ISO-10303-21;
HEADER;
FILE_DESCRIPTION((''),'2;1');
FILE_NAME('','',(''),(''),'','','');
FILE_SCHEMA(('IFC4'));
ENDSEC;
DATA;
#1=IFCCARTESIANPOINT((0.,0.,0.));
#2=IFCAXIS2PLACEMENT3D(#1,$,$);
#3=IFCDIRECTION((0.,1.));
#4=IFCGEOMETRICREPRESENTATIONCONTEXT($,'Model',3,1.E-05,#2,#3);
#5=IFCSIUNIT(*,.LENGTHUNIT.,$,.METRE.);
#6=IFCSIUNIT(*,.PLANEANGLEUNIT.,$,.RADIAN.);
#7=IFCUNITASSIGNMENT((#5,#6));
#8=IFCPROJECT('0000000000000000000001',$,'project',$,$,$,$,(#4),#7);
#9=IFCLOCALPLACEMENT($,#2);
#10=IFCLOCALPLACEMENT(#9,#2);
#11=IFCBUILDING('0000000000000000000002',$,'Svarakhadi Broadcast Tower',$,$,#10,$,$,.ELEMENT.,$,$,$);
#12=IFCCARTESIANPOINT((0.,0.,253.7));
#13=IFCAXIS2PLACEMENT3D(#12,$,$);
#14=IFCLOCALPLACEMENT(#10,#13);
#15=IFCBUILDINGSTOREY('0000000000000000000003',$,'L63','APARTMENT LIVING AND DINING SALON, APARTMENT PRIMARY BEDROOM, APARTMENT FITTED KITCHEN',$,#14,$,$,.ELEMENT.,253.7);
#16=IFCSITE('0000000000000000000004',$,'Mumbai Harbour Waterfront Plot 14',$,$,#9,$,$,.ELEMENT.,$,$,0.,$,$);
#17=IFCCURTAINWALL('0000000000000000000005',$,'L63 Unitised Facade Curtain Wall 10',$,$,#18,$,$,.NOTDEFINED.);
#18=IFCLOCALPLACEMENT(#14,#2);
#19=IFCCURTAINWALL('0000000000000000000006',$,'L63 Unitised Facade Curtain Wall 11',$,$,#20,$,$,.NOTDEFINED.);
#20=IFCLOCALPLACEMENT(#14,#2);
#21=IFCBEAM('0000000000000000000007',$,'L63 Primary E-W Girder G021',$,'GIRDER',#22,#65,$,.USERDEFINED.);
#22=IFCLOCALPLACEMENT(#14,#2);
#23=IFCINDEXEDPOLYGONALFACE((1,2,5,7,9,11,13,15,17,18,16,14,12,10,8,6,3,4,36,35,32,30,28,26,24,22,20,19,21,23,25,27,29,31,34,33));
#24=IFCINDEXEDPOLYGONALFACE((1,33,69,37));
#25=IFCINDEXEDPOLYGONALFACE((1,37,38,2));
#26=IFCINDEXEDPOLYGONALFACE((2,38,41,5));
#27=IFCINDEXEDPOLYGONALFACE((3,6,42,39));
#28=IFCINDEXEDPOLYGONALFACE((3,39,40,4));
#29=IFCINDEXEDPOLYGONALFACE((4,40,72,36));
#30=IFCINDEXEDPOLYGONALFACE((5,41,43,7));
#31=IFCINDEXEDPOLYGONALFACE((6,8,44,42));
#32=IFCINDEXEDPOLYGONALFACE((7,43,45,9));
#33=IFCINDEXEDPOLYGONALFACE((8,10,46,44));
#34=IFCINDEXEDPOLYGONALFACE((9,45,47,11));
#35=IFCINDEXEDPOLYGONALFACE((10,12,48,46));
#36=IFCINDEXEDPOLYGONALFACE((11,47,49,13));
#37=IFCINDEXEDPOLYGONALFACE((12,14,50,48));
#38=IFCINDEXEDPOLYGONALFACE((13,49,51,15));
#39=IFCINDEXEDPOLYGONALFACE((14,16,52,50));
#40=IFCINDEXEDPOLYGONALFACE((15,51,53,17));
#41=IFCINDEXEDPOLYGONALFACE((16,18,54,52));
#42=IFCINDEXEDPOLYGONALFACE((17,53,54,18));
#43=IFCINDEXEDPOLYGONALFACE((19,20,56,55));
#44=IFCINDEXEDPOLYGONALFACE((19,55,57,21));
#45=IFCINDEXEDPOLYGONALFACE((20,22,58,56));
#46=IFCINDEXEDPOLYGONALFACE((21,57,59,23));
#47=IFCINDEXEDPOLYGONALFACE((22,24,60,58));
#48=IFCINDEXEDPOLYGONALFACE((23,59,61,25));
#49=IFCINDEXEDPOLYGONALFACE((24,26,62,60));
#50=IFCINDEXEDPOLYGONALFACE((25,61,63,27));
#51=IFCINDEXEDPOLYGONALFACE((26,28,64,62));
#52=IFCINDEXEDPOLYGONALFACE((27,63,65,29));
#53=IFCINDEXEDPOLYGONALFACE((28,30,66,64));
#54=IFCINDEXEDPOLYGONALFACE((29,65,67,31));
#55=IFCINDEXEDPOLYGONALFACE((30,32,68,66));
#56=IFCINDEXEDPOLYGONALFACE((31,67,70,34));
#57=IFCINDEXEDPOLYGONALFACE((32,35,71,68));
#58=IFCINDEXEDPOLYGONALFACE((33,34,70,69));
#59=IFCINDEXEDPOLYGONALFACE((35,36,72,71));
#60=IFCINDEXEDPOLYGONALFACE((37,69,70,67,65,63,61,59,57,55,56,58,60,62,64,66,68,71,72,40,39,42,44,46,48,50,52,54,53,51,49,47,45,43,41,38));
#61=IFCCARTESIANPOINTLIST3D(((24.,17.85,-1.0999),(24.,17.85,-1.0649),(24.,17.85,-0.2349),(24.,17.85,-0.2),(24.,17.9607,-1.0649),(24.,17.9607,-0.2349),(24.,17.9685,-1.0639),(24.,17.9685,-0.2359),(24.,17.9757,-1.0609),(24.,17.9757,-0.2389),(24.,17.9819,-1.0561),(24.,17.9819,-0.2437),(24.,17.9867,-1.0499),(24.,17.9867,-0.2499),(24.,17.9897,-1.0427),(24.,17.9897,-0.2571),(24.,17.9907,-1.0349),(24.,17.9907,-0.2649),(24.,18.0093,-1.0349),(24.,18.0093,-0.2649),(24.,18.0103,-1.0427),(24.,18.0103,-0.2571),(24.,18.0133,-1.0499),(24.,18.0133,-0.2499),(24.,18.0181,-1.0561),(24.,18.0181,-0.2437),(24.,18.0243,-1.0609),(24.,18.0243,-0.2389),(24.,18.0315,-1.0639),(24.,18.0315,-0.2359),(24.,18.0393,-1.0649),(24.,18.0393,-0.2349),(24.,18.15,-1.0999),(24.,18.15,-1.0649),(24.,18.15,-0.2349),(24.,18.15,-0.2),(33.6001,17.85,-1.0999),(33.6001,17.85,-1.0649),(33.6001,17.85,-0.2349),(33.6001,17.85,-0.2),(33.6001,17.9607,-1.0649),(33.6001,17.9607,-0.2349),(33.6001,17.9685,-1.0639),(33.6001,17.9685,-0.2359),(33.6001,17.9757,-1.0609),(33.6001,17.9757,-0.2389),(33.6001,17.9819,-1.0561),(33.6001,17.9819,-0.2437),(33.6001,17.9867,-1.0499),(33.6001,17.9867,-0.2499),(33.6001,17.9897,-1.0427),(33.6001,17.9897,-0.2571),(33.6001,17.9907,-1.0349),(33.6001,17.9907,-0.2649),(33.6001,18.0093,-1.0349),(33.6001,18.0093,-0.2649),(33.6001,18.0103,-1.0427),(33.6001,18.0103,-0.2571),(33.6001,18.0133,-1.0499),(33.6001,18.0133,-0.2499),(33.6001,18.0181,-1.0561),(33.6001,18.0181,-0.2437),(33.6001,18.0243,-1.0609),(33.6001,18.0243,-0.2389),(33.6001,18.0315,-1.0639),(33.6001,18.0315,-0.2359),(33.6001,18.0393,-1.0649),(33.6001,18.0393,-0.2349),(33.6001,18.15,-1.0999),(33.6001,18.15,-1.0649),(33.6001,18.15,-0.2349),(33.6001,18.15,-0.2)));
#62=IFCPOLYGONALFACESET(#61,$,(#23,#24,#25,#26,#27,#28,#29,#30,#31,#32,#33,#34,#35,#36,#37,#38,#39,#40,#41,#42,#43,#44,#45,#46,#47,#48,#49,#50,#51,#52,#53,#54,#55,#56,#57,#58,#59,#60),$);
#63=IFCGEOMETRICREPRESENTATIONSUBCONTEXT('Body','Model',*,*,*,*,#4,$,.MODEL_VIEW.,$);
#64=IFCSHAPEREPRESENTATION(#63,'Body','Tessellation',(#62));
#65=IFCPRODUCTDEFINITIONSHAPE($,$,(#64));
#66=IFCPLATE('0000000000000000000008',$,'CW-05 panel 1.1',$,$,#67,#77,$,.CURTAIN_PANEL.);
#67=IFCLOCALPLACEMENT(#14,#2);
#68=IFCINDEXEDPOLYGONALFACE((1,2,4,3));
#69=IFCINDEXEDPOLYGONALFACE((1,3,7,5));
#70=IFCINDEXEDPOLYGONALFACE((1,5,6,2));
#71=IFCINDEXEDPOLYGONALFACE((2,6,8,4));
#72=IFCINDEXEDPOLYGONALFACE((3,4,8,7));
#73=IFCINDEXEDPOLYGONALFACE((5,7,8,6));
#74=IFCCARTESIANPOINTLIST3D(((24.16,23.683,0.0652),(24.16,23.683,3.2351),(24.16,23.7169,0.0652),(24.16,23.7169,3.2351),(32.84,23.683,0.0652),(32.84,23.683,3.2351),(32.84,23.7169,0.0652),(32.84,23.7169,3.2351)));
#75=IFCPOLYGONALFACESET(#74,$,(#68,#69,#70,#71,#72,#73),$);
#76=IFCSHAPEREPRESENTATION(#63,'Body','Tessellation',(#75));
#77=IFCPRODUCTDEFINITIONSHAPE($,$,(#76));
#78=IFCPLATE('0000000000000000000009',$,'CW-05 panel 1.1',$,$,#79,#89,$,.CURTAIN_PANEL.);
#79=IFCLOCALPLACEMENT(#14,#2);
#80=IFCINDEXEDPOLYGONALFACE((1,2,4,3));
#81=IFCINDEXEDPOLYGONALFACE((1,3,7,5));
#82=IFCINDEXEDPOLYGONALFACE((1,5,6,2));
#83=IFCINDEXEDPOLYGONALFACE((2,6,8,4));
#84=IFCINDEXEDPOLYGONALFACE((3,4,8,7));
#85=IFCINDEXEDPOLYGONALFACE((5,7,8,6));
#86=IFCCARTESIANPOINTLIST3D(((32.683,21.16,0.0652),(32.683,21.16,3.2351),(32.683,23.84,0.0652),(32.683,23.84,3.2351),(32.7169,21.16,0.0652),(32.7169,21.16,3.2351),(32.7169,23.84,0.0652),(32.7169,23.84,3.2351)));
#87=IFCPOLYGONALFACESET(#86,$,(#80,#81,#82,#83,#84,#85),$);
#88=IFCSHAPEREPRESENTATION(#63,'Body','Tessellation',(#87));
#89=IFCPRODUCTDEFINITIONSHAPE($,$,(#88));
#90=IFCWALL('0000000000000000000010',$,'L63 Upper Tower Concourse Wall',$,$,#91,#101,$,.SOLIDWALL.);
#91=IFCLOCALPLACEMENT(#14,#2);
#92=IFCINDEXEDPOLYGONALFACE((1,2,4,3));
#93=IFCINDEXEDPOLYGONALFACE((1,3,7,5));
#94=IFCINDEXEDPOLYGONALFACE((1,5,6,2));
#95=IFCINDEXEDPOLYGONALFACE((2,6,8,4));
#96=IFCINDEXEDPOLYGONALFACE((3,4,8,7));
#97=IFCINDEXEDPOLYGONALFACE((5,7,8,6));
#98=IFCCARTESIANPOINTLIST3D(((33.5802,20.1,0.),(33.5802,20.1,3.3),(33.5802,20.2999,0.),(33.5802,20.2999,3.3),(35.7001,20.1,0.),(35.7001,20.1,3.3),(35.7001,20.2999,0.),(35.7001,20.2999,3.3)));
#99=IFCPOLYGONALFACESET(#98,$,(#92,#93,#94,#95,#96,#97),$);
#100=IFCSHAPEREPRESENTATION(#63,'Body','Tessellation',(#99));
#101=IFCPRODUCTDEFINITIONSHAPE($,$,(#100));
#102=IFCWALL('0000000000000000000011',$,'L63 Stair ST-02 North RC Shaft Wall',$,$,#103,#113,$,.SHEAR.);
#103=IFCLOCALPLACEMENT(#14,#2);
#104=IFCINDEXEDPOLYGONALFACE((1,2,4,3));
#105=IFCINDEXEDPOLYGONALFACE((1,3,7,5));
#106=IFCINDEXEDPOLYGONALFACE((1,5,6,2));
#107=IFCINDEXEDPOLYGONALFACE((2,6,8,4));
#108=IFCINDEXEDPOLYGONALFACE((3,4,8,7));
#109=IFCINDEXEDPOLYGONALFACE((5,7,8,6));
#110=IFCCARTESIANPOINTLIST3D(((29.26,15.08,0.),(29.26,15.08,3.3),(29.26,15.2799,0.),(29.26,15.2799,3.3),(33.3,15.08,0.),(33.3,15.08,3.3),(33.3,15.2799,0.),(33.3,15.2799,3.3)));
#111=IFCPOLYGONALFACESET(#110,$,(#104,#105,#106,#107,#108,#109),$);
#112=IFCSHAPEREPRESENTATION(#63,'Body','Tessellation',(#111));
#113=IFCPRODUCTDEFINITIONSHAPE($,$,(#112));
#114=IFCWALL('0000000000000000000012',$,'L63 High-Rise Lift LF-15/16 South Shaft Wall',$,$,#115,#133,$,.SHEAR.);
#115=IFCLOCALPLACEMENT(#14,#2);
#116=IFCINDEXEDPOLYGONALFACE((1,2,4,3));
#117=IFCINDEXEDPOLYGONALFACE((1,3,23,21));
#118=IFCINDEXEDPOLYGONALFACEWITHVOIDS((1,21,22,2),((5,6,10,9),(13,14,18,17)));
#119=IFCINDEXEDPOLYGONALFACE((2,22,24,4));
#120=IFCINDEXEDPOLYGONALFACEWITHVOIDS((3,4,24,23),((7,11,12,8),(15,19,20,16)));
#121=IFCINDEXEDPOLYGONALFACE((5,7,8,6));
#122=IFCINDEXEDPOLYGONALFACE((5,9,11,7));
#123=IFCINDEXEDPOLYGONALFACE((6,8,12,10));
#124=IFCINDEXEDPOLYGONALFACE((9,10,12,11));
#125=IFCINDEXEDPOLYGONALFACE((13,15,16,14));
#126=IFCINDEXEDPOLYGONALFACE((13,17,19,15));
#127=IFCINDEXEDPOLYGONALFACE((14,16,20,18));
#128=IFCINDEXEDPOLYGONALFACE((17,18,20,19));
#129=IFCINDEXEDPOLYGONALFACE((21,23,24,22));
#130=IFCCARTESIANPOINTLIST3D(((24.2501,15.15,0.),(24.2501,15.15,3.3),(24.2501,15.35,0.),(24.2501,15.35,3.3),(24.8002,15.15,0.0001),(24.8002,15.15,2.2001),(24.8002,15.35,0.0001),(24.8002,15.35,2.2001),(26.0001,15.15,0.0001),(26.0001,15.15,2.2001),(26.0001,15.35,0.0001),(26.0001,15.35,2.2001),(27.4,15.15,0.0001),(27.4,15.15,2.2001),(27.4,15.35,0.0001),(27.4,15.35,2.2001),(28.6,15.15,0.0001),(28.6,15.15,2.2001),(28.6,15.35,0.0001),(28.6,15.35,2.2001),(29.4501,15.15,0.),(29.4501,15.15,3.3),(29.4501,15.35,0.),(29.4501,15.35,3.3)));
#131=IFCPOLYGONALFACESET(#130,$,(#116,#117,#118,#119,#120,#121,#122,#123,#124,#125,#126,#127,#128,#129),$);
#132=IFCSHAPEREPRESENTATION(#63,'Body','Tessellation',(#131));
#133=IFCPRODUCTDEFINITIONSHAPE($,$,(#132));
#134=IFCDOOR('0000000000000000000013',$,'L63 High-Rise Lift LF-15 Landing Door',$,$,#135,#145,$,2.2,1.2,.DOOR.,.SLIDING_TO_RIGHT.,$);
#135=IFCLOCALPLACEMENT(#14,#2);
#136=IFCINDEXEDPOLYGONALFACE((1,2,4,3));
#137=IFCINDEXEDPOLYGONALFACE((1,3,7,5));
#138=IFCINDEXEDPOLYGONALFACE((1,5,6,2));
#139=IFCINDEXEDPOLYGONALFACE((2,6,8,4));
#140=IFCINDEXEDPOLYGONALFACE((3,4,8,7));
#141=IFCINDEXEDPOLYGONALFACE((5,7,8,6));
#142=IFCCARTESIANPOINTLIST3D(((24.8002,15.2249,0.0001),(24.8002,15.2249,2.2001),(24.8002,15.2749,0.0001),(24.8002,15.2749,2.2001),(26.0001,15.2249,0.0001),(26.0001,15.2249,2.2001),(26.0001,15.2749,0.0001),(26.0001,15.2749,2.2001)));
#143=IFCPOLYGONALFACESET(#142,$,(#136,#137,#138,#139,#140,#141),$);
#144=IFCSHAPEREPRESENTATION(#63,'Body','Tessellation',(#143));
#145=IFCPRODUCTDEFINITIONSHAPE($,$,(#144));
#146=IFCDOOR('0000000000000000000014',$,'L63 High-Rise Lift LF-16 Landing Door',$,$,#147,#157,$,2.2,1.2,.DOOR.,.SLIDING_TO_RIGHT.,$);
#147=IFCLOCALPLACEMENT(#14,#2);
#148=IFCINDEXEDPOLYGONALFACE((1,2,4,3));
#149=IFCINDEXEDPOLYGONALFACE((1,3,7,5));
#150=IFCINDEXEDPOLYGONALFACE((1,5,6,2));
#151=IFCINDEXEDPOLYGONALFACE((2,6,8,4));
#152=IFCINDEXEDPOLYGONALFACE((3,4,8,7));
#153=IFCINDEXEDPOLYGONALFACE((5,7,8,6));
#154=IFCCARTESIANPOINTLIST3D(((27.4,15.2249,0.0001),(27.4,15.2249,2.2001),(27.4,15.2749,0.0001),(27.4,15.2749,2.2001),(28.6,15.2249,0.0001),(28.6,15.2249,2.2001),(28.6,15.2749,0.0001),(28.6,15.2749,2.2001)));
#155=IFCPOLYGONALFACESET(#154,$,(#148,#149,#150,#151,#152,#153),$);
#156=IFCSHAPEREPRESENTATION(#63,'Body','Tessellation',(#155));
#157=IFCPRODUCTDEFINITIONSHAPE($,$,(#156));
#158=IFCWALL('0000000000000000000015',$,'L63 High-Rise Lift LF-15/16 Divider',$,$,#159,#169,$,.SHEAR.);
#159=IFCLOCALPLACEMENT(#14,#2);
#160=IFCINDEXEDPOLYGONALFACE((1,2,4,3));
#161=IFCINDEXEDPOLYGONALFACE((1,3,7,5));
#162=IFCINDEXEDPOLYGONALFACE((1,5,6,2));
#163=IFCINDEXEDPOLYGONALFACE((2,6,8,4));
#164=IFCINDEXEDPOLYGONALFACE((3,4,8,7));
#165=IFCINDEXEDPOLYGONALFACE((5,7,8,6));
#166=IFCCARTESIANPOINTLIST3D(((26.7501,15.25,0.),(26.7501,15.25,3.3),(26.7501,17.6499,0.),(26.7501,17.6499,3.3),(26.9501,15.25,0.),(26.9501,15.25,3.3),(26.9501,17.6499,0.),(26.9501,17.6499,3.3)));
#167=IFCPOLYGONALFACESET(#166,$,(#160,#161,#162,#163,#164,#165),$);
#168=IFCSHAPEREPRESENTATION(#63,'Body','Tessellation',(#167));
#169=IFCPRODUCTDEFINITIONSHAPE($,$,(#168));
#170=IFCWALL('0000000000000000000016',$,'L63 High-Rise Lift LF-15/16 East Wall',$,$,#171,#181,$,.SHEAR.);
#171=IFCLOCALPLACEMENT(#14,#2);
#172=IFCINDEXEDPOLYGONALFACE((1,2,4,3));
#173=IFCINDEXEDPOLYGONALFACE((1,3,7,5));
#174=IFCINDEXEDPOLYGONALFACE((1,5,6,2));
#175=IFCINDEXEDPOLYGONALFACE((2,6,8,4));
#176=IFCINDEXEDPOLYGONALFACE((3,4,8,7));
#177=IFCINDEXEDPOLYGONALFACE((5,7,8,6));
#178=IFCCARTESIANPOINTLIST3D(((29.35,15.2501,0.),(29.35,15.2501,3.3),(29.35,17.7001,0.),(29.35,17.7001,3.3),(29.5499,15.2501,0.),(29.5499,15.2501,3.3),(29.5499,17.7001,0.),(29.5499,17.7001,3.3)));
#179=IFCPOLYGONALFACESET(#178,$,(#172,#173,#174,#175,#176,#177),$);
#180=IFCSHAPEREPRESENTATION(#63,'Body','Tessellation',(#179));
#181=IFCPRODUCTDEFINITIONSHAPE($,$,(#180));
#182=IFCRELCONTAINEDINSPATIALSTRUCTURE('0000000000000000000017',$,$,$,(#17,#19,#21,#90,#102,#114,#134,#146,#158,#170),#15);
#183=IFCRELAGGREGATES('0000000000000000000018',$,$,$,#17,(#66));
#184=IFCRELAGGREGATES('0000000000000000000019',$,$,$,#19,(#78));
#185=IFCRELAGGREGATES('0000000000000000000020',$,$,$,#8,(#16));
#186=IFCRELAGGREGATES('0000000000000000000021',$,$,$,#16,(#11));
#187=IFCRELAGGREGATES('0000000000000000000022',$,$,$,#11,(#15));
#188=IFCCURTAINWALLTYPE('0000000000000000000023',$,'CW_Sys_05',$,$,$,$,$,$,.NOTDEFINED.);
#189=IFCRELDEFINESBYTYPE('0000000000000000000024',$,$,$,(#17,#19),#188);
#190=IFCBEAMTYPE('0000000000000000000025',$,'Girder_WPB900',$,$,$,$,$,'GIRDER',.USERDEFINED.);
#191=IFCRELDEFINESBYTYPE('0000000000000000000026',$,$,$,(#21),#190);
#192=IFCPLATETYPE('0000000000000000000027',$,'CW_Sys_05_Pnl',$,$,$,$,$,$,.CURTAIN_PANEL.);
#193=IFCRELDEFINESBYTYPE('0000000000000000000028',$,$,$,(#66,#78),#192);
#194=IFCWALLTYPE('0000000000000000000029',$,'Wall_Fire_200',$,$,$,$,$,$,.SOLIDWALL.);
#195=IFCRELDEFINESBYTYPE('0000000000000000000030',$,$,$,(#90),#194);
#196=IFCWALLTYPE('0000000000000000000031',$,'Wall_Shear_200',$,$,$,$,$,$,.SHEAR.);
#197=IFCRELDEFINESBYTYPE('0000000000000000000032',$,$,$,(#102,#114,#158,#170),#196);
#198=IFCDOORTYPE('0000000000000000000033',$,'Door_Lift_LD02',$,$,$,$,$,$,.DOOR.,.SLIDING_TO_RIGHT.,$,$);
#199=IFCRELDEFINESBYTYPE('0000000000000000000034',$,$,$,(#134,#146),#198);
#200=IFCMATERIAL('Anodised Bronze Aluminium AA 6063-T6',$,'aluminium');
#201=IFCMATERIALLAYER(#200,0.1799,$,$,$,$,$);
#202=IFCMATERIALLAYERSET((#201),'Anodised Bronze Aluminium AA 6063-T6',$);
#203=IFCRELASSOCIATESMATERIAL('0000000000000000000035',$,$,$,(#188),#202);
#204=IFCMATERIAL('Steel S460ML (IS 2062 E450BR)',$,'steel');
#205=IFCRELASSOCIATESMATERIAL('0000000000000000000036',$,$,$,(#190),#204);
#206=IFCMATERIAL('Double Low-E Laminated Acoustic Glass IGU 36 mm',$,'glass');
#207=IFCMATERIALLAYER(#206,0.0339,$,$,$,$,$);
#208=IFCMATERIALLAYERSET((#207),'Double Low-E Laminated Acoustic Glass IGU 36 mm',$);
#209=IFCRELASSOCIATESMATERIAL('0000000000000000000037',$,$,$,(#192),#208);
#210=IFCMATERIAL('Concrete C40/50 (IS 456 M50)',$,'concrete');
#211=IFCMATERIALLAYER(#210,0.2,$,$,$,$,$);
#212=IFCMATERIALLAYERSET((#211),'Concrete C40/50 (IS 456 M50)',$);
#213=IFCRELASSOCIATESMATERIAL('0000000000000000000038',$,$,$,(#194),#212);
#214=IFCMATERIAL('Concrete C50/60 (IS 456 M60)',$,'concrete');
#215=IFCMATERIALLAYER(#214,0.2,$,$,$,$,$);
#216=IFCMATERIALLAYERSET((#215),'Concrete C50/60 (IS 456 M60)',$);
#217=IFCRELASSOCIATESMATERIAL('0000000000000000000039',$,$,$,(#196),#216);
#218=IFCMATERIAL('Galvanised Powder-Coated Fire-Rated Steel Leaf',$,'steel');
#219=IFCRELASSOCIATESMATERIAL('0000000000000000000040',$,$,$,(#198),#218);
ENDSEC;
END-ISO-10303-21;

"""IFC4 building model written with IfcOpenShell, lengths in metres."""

from ifc_helpers import new_model, si_unit, direction, frame, frame_2d, origin, origin_2d, place, context, subcontext, project, spatial, rectangle, i_section, extrude, material, layer, layer_set, material_profile, profile_set, type_object, element, fill, aggregate, save


model = new_model("IFC4")

# Units and contexts
model_context = context("Model", 3, precision=1e-05, world=origin(), true_north=direction((0.0, 1.0)))
body_context = subcontext(model_context, "Body", "Model", "MODEL_VIEW")
ifc_project = project(units=[si_unit("LENGTHUNIT", "METRE"), si_unit("PLANEANGLEUNIT", "RADIAN")], contexts=[model_context])

# Site, building, storey
site_placement = place(None, origin())
site = spatial("IfcSite", under=ifc_project, at=site_placement, Name="Mumbai Harbour Waterfront Plot 14", CompositionType="ELEMENT", RefElevation=0.0)
building_placement = place(site_placement, origin())
building = spatial("IfcBuilding", under=site, at=building_placement, Name="Svarakhadi Broadcast Tower", CompositionType="ELEMENT")
storey_placement = place(building_placement, frame((0.0, 0.0, 253.7)))
storey = spatial("IfcBuildingStorey", under=building, at=storey_placement, Name="L63", Description="APARTMENT LIVING AND DINING SALON, APARTMENT PRIMARY BEDROOM, APARTMENT FITTED KITCHEN", CompositionType="ELEMENT", Elevation=253.7)

# Curtain walls
ifc_material_1 = material(Name="Anodised Bronze Aluminium AA 6063-T6", Category="aluminium")
ifc_layer_1 = layer(ifc_material_1, 0.1799)
ifc_layer_set_1 = layer_set([ifc_layer_1], Name="Anodised Bronze Aluminium AA 6063-T6")
curtain_wall_type = type_object("IfcCurtainWallType", Name="CW_Sys_05", PredefinedType="NOTDEFINED", material=ifc_layer_set_1)
curtain_wall_1_placement = place(storey_placement, origin())
curtain_wall_1 = element("IfcCurtainWall", 1, at=curtain_wall_1_placement, inside=storey, type_object=curtain_wall_type, Name="L63 Unitised Facade Curtain Wall 10", PredefinedType="NOTDEFINED")
curtain_wall_2_placement = place(storey_placement, origin())
curtain_wall_2 = element("IfcCurtainWall", 2, at=curtain_wall_2_placement, inside=storey, type_object=curtain_wall_type, Name="L63 Unitised Facade Curtain Wall 11", PredefinedType="NOTDEFINED")

# Beam
ifc_material_2 = material(Name="Steel S460ML (IS 2062 E450BR)", Category="steel")
ifc_material_profile_1 = material_profile(ifc_material_2, i_section(OverallWidth=0.3, OverallDepth=0.8999, WebThickness=0.0186, FlangeThickness=0.0349, FilletRadius=0.03, at=origin_2d()), Name="WPB 900x300x291")
ifc_profile_set_1 = profile_set([ifc_material_profile_1], Name="Steel S460ML (IS 2062 E450BR)")
beam_type = type_object("IfcBeamType", Name="Girder_WPB900", ElementType="GIRDER", PredefinedType="USERDEFINED", material=ifc_profile_set_1)
beam_placement = place(storey_placement, frame((24.0, 18.0, -0.6499), z_axis=(1.0, 0.0, 0.0), x_axis=(0.0, 1.0, 0.0)))
element("IfcBeam", 3, at=beam_placement, inside=storey, type_object=beam_type, Name="L63 Primary E-W Girder G021", ObjectType="GIRDER", PredefinedType="USERDEFINED", context=body_context, shape_type="SweptSolid", body=[
    extrude(i_section(OverallWidth=0.3, OverallDepth=0.8999, WebThickness=0.0186, FlangeThickness=0.0349, FilletRadius=0.03, at=origin_2d()), origin(), (0.0, 0.0, 1.0), 9.6001),
])

# Plates
ifc_material_3 = material(Name="Double Low-E Laminated Acoustic Glass IGU 36 mm", Category="glass")
ifc_layer_2 = layer(ifc_material_3, 0.0339)
ifc_layer_set_2 = layer_set([ifc_layer_2], Name="Double Low-E Laminated Acoustic Glass IGU 36 mm")
plate_type = type_object("IfcPlateType", Name="CW_Sys_05_Pnl", PredefinedType="CURTAIN_PANEL", material=ifc_layer_set_2)
plate_1_placement = place(storey_placement, frame((28.5, 23.7, 0.0652), z_axis=(0.0, 0.0, 1.0), x_axis=(1.0, 0.0, 0.0)))
plate_1 = element("IfcPlate", 4, at=plate_1_placement, type_object=plate_type, Name="CW-05 panel 1.1", PredefinedType="CURTAIN_PANEL", context=body_context, shape_type="SweptSolid", body=[
    extrude(rectangle(XDim=8.6799, YDim=0.0339, at=origin_2d()), origin(), (0.0, 0.0, 1.0), 3.1699),
])
aggregate(curtain_wall_1, [plate_1])
plate_2_placement = place(storey_placement, frame((32.7, 22.5, 0.0652), z_axis=(0.0, 0.0, 1.0), x_axis=(0.0, -1.0, 0.0)))
plate_2 = element("IfcPlate", 5, at=plate_2_placement, type_object=plate_type, Name="CW-05 panel 1.1", PredefinedType="CURTAIN_PANEL", context=body_context, shape_type="SweptSolid", body=[
    extrude(rectangle(XDim=2.6799, YDim=0.0339, at=origin_2d()), origin(), (0.0, 0.0, 1.0), 3.1699),
])
aggregate(curtain_wall_2, [plate_2])

# Wall
ifc_material_4 = material(Name="Concrete C40/50 (IS 456 M50)", Category="concrete")
ifc_layer_3 = layer(ifc_material_4, 0.2)
ifc_layer_set_3 = layer_set([ifc_layer_3], Name="Concrete C40/50 (IS 456 M50)")
wall_type_1 = type_object("IfcWallType", Name="Wall_Fire_200", PredefinedType="SOLIDWALL", material=ifc_layer_set_3)
wall_1_placement = place(storey_placement, frame((33.5801, 20.2, 0.0), z_axis=(0.0, 0.0, 1.0), x_axis=(1.0, 0.0, 0.0)))
element("IfcWall", 6, at=wall_1_placement, inside=storey, type_object=wall_type_1, Name="L63 Upper Tower Concourse Wall", PredefinedType="SOLIDWALL", context=body_context, shape_type="SweptSolid", body=[
    extrude(rectangle(XDim=2.1199, YDim=0.2, at=frame_2d((1.0601, 0.0))), origin(), (0.0, 0.0, 1.0), 3.3),
])

# Shared definitions
ifc_material_5 = material(Name="Galvanised Powder-Coated Fire-Rated Steel Leaf", Category="steel")

# Wall
ifc_material_6 = material(Name="Concrete C50/60 (IS 456 M60)", Category="concrete")
ifc_layer_4 = layer(ifc_material_6, 0.2)
ifc_layer_set_4 = layer_set([ifc_layer_4], Name="Concrete C50/60 (IS 456 M60)")
wall_type_2 = type_object("IfcWallType", Name="Wall_Shear_200", PredefinedType="SHEAR", material=ifc_layer_set_4)
wall_2_placement = place(storey_placement, frame((29.26, 15.1799, 0.0), z_axis=(0.0, 0.0, 1.0), x_axis=(1.0, 0.0, 0.0)))
element("IfcWall", 7, at=wall_2_placement, inside=storey, type_object=wall_type_2, Name="L63 Stair ST-02 North RC Shaft Wall", PredefinedType="SHEAR", context=body_context, shape_type="SweptSolid", body=[
    extrude(rectangle(XDim=4.04, YDim=0.2, at=frame_2d((2.02, 0.0))), origin(), (0.0, 0.0, 1.0), 3.3),
])

# Wall, openings, doors
wall_3_placement = place(storey_placement, frame((24.25, 15.25, 0.0), z_axis=(0.0, 0.0, 1.0), x_axis=(1.0, 0.0, 0.0)))
wall_3 = element("IfcWall", 8, at=wall_3_placement, inside=storey, type_object=wall_type_2, Name="L63 High-Rise Lift LF-15/16 South Shaft Wall", PredefinedType="SHEAR", context=body_context, shape_type="SweptSolid", body=[
    extrude(rectangle(XDim=5.2, YDim=0.2, at=frame_2d((2.6001, 0.0))), origin(), (0.0, 0.0, 1.0), 3.3),
])
opening_1_placement = place(wall_3_placement, frame((0.55, 0.0, 0.0)))
opening_1 = element("IfcOpeningElement", 9, at=opening_1_placement, cuts=wall_3, PredefinedType="OPENING", context=body_context, shape_type="SweptSolid", body=[
    extrude(rectangle(XDim=1.2, YDim=2.2, at=frame_2d((0.6001, 1.1001))), frame((0.0, 0.1099, 0.0), z_axis=(0.0, -1.0, 0.0), x_axis=(1.0, 0.0, 0.0)), (0.0, 0.0, 1.0), 0.22),
])
opening_2_placement = place(wall_3_placement, frame((3.1499, 0.0, 0.0)))
opening_2 = element("IfcOpeningElement", 10, at=opening_2_placement, cuts=wall_3, PredefinedType="OPENING", context=body_context, shape_type="SweptSolid", body=[
    extrude(rectangle(XDim=1.2, YDim=2.2, at=frame_2d((0.6001, 1.1001))), frame((0.0, 0.1099, 0.0), z_axis=(0.0, -1.0, 0.0), x_axis=(1.0, 0.0, 0.0)), (0.0, 0.0, 1.0), 0.22),
])
door_type_1 = type_object("IfcDoorType", Name="Door_Lift_LD02", OperationType="SLIDING_TO_RIGHT", PredefinedType="DOOR", material=ifc_material_5)
door_1_placement = place(opening_1_placement, origin())
door_1 = element("IfcDoor", 11, at=door_1_placement, inside=storey, type_object=door_type_1, Name="L63 High-Rise Lift LF-15 Landing Door", OperationType="SLIDING_TO_RIGHT", OverallHeight=2.2, OverallWidth=1.2, PredefinedType="DOOR", context=body_context, shape_type="SweptSolid", body=[
    extrude(rectangle(XDim=1.2, YDim=2.2, at=frame_2d((0.6001, 1.1001))), frame((0.0, 0.0249, 0.0), z_axis=(0.0, -1.0, 0.0), x_axis=(1.0, 0.0, 0.0)), (0.0, 0.0, 1.0), 0.05),
])
fill(opening_1, door_1)
door_2_placement = place(opening_2_placement, origin())
door_2 = element("IfcDoor", 12, at=door_2_placement, inside=storey, type_object=door_type_1, Name="L63 High-Rise Lift LF-16 Landing Door", OperationType="SLIDING_TO_RIGHT", OverallHeight=2.2, OverallWidth=1.2, PredefinedType="DOOR", context=body_context, shape_type="SweptSolid", body=[
    extrude(rectangle(XDim=1.2, YDim=2.2, at=frame_2d((0.6001, 1.1001))), frame((0.0, 0.0249, 0.0), z_axis=(0.0, -1.0, 0.0), x_axis=(1.0, 0.0, 0.0)), (0.0, 0.0, 1.0), 0.05),
])
fill(opening_2, door_2)

# Walls
wall_4_placement = place(storey_placement, frame((26.8501, 15.25, 0.0), z_axis=(0.0, 0.0, 1.0), x_axis=(0.0, 1.0, 0.0)))
element("IfcWall", 13, at=wall_4_placement, inside=storey, type_object=wall_type_2, Name="L63 High-Rise Lift LF-15/16 Divider", PredefinedType="SHEAR", context=body_context, shape_type="SweptSolid", body=[
    extrude(rectangle(XDim=2.3999, YDim=0.2, at=frame_2d((1.2, 0.0))), origin(), (0.0, 0.0, 1.0), 3.3),
])
wall_5_placement = place(storey_placement, frame((29.45, 15.25, 0.0), z_axis=(0.0, 0.0, 1.0), x_axis=(0.0, 1.0, 0.0)))
element("IfcWall", 14, at=wall_5_placement, inside=storey, type_object=wall_type_2, Name="L63 High-Rise Lift LF-15/16 East Wall", PredefinedType="SHEAR", context=body_context, shape_type="SweptSolid", body=[
    extrude(rectangle(XDim=2.45, YDim=0.2, at=frame_2d((1.2251, 0.0))), origin(), (0.0, 0.0, 1.0), 3.3),
])

save(model, "model.ifc")
